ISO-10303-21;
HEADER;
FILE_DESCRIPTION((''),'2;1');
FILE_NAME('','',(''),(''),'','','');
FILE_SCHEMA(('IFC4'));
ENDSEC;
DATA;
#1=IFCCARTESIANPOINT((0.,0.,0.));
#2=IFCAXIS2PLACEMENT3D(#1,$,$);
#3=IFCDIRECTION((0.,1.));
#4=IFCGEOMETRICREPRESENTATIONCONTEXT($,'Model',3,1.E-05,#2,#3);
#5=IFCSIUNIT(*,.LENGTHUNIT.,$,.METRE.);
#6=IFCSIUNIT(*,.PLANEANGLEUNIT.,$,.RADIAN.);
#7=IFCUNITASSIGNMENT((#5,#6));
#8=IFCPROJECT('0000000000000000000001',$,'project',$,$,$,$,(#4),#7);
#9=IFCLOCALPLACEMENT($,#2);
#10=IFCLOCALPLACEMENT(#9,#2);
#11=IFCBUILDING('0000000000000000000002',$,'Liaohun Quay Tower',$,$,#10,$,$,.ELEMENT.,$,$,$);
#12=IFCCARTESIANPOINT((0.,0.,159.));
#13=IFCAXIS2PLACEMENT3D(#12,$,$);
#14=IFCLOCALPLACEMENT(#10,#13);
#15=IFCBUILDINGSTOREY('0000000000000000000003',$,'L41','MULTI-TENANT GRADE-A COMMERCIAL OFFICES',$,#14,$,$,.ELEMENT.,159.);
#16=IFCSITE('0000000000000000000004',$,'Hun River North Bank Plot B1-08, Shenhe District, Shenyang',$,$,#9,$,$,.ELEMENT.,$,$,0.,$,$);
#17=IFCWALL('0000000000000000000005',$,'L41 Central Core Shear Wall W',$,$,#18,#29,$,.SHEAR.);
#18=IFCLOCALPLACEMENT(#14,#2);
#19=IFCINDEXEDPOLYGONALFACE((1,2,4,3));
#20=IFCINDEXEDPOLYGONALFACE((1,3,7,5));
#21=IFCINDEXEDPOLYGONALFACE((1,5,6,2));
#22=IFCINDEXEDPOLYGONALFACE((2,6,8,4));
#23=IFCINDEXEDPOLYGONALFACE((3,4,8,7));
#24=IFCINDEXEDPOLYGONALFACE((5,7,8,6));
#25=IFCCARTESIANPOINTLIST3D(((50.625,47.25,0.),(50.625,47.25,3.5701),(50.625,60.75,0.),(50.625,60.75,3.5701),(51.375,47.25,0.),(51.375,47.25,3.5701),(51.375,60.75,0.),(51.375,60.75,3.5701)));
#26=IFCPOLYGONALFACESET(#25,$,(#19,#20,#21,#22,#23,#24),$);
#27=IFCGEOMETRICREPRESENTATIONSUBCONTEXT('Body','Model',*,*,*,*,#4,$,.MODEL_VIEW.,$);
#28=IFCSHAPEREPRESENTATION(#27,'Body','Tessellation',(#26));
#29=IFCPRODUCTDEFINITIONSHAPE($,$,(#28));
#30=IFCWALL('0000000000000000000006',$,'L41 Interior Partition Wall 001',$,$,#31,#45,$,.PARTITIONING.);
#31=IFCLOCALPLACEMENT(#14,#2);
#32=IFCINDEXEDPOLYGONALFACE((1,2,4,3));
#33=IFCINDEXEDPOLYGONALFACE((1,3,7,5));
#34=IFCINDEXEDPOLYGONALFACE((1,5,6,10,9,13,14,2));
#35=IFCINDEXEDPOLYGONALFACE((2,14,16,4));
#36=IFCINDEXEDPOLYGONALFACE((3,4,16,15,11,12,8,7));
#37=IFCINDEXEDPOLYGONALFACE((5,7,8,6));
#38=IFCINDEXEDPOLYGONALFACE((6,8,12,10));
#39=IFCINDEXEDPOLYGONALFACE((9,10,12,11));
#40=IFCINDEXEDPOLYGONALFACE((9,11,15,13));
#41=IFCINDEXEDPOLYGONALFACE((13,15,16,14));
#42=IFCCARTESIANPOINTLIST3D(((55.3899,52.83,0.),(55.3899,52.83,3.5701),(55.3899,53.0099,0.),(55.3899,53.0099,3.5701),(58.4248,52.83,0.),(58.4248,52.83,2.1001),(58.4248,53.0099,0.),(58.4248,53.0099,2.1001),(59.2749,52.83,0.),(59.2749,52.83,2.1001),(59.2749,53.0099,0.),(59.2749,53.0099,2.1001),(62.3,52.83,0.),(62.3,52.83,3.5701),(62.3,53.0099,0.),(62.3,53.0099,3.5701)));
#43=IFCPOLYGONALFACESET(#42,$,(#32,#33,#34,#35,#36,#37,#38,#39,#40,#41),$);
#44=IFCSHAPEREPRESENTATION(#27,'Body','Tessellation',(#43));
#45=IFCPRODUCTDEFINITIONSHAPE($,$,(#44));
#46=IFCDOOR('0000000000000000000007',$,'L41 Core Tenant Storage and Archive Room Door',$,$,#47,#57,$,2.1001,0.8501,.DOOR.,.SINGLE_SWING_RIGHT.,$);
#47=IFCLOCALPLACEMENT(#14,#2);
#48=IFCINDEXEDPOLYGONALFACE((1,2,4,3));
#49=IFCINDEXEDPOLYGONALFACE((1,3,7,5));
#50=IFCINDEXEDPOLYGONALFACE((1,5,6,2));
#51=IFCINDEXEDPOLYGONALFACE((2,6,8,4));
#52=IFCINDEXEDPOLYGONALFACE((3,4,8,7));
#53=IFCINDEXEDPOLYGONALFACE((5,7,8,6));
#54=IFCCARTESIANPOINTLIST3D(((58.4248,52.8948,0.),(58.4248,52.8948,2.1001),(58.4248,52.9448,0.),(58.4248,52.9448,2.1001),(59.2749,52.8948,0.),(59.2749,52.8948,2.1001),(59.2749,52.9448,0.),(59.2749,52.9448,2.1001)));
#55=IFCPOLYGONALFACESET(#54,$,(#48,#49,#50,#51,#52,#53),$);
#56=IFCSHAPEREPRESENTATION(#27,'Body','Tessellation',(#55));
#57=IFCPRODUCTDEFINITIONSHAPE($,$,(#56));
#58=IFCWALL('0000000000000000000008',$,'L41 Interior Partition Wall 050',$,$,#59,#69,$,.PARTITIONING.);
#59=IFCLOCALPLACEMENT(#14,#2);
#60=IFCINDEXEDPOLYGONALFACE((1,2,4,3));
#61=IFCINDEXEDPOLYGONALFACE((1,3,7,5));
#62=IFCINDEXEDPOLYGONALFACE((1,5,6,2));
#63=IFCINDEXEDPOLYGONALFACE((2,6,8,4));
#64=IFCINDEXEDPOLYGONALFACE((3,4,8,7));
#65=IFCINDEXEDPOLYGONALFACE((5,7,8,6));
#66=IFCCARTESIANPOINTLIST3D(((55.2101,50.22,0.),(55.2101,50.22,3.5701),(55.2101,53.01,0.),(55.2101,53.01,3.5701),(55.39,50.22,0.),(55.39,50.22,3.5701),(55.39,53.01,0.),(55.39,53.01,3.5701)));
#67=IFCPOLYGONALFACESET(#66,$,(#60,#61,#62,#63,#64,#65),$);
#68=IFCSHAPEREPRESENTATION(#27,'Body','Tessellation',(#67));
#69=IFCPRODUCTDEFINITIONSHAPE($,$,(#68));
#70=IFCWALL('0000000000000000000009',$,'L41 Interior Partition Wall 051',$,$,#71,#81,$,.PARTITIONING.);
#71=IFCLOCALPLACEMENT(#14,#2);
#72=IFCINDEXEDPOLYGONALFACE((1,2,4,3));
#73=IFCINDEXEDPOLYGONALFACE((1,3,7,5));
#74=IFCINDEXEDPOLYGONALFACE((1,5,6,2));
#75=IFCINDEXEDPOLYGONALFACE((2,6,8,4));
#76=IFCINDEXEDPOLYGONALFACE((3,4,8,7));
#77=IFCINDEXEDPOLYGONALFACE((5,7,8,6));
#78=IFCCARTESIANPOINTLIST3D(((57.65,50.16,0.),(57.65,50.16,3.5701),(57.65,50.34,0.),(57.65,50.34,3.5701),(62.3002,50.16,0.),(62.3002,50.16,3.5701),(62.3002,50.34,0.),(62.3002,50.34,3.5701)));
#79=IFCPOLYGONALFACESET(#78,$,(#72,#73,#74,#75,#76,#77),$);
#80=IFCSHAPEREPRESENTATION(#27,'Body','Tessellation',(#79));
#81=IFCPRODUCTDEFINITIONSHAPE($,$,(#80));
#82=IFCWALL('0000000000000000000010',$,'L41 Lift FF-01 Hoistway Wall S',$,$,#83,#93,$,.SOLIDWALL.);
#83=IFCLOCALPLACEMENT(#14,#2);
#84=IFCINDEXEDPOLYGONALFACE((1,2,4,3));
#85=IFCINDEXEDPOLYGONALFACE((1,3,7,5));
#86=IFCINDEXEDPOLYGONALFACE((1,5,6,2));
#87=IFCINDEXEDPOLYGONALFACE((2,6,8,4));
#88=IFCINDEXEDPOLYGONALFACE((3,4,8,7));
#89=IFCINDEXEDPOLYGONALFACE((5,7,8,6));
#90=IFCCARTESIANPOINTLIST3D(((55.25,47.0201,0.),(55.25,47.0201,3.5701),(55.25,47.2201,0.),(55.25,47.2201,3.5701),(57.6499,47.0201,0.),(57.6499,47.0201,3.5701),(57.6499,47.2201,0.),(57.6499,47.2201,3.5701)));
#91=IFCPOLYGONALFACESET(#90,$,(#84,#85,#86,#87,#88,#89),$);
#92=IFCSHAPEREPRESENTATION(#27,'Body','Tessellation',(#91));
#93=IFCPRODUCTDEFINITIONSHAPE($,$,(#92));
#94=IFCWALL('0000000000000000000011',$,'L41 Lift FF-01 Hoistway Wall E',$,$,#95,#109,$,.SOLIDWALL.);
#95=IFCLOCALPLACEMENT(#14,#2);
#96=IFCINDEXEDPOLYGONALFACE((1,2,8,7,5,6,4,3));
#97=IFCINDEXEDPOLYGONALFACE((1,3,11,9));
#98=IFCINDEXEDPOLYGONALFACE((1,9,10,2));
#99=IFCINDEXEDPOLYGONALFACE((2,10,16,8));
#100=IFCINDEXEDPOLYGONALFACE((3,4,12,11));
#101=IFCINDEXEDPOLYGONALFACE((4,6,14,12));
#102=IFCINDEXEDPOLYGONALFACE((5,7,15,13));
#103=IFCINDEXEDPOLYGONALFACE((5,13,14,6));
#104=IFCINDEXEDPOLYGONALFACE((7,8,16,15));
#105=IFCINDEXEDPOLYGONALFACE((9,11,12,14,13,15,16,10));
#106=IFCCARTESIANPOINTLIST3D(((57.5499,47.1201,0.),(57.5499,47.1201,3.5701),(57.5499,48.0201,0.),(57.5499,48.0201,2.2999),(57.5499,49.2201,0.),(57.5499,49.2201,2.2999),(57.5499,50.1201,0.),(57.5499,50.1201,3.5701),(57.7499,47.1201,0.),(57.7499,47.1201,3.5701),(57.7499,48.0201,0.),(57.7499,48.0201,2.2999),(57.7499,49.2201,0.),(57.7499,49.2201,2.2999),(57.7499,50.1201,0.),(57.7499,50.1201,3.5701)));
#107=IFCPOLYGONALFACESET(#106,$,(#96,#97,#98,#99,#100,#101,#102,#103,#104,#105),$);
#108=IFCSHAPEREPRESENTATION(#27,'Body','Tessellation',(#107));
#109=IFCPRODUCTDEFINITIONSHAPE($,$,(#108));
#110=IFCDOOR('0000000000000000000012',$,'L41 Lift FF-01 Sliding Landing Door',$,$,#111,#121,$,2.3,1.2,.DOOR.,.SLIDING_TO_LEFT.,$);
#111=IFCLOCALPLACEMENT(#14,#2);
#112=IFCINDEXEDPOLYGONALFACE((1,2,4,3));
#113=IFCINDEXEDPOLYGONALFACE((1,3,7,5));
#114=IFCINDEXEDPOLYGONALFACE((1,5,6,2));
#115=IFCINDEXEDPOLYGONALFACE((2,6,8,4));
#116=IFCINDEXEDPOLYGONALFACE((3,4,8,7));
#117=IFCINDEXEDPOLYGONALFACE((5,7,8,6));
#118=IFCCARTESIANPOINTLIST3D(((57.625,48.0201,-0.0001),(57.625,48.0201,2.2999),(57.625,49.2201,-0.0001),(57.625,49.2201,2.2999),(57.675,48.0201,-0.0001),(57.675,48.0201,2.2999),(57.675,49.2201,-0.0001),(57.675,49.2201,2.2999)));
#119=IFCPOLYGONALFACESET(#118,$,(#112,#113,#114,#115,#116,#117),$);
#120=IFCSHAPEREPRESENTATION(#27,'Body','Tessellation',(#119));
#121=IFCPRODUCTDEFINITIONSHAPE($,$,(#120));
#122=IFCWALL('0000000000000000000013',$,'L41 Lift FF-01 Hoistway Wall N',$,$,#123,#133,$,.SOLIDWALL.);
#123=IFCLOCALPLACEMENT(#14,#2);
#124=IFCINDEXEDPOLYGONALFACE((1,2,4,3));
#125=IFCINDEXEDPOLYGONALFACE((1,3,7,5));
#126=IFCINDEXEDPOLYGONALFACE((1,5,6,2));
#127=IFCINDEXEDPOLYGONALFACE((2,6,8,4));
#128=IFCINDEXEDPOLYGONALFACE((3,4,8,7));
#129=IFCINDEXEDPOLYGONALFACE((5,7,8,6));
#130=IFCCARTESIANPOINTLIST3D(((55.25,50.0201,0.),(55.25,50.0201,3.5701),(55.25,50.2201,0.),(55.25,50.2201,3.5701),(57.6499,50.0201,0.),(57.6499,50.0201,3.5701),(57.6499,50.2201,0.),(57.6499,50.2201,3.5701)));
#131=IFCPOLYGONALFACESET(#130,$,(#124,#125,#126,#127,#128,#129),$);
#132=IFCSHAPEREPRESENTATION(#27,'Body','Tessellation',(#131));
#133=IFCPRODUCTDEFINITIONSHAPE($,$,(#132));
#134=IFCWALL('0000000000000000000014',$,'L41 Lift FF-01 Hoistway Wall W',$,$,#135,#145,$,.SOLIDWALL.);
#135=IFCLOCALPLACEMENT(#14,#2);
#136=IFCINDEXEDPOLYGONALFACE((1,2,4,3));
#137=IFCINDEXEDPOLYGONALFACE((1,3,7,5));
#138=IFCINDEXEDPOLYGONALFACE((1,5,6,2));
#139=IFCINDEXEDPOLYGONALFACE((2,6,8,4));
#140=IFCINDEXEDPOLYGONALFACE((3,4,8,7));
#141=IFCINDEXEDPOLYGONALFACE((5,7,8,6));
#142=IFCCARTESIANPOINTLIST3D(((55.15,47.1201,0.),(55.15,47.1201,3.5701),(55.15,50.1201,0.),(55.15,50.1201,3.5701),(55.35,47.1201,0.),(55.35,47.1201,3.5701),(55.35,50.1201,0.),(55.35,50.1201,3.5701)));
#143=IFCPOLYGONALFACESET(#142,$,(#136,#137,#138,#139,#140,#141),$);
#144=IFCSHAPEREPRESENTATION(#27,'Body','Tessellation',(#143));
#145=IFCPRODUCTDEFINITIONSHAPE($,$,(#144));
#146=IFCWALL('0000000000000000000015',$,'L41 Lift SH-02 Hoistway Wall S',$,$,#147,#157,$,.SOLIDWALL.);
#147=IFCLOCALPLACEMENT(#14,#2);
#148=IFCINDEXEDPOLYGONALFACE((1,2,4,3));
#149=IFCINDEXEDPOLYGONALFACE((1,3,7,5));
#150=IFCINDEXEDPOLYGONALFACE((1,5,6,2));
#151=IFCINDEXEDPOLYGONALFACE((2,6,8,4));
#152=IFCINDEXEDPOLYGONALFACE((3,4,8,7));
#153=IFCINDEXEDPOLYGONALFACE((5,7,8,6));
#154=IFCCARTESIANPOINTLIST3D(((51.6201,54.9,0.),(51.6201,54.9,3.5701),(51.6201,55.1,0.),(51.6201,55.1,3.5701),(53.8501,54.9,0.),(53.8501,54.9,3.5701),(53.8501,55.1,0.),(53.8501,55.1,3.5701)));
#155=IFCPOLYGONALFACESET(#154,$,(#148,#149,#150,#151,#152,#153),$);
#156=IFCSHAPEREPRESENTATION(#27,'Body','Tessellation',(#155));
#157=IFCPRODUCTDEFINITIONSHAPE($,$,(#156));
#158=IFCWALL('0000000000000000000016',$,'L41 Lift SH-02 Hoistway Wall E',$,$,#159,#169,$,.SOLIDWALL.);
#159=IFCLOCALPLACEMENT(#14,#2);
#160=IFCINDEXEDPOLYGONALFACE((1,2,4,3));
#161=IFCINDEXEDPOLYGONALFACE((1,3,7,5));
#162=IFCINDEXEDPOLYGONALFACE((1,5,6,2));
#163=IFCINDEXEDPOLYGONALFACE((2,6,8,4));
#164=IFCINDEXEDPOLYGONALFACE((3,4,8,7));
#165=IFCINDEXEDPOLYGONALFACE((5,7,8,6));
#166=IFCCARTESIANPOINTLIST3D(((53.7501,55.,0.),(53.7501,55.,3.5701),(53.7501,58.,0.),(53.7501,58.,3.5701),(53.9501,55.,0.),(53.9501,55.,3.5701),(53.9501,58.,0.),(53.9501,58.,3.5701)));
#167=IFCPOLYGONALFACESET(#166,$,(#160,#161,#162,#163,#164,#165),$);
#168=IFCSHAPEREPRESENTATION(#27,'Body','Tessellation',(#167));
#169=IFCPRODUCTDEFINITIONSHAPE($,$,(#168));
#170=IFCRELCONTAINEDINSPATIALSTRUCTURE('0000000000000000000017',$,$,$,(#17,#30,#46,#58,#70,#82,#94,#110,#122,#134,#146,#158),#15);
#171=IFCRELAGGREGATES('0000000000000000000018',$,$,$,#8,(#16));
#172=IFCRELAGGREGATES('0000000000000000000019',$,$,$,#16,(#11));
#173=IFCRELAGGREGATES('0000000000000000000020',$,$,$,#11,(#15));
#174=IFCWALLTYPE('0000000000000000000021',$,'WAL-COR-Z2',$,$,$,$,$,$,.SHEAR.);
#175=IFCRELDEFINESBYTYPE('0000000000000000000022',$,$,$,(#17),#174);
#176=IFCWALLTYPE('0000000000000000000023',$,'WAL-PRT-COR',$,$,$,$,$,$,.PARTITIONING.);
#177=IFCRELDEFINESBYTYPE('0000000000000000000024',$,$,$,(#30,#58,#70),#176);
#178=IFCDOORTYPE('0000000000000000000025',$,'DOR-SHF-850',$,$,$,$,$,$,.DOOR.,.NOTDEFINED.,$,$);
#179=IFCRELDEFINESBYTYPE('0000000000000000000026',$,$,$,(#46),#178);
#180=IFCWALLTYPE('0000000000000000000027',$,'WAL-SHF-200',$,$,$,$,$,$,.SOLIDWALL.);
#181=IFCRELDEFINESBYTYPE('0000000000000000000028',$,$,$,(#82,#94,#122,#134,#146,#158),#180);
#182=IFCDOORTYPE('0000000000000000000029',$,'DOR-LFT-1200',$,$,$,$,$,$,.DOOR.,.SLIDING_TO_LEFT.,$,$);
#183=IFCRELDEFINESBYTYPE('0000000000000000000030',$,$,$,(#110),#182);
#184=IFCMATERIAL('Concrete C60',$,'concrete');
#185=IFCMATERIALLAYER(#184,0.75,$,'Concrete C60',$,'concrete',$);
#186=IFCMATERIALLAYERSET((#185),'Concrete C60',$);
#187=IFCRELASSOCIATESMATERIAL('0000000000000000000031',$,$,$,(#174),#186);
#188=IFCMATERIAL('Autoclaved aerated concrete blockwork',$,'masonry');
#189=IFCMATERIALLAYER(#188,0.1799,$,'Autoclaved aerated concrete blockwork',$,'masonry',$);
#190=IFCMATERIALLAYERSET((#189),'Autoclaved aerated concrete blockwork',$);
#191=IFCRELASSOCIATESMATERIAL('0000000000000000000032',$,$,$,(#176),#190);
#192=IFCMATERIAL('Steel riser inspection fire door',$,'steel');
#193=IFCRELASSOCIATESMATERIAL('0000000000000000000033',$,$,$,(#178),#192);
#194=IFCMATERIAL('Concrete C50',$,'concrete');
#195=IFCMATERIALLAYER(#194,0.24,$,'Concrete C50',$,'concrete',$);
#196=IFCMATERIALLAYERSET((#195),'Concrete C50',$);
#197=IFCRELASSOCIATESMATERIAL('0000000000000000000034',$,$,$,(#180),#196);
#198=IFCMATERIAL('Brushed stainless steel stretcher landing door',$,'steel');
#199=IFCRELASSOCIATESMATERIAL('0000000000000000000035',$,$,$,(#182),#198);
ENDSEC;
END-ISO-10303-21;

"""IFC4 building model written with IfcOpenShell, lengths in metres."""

from ifc_helpers import new_model, si_unit, direction, frame, frame_2d, origin, place, context, subcontext, project, spatial, rectangle, extrude, source, transform, mapped, material, layer, layer_set, type_object, element, fill, save


model = new_model("IFC4")

# Units and contexts
model_context = context("Model", 3, precision=1e-05, world=origin(), true_north=direction((0.0, 1.0)))
body_context = subcontext(model_context, "Body", "Model", "MODEL_VIEW")
ifc_project = project(units=[si_unit("LENGTHUNIT", "METRE"), si_unit("PLANEANGLEUNIT", "RADIAN")], contexts=[model_context])

# Site, building, storey
site_placement = place(None, origin())
site = spatial("IfcSite", under=ifc_project, at=site_placement, Name="Hun River North Bank Plot B1-08, Shenhe District, Shenyang", CompositionType="ELEMENT", RefElevation=0.0)
building_placement = place(site_placement, origin())
building = spatial("IfcBuilding", under=site, at=building_placement, Name="Liaohun Quay Tower", CompositionType="ELEMENT")
storey_placement = place(building_placement, frame((0.0, 0.0, 159.0)))
storey = spatial("IfcBuildingStorey", under=building, at=storey_placement, Name="L41", Description="MULTI-TENANT GRADE-A COMMERCIAL OFFICES", CompositionType="ELEMENT", Elevation=159.0)

# Wall
ifc_material_1 = material(Name="Concrete C60", Category="concrete")
ifc_layer_1 = layer(ifc_material_1, 0.75, Name="Concrete C60", Category="concrete")
ifc_layer_set_1 = layer_set([ifc_layer_1], Name="Concrete C60")
wall_type_1 = type_object("IfcWallType", Name="WAL-COR-Z2", PredefinedType="SHEAR", material=ifc_layer_set_1)
wall_1_placement = place(storey_placement, frame((51.0, 47.25, 0.0), z_axis=(0.0, 0.0, 1.0), x_axis=(0.0, 1.0, 0.0)))
element("IfcWall", 1, at=wall_1_placement, inside=storey, type_object=wall_type_1, Name="L41 Central Core Shear Wall W", PredefinedType="SHEAR", context=body_context, shape_type="SweptSolid", body=[
    extrude(rectangle(XDim=13.5, YDim=0.75, at=frame_2d((6.75, 0.0))), origin(), (0.0, 0.0, 1.0), 3.5701),
])

# Wall, opening, door
ifc_material_2 = material(Name="Autoclaved aerated concrete blockwork", Category="masonry")
ifc_layer_2 = layer(ifc_material_2, 0.1799, Name="Autoclaved aerated concrete blockwork", Category="masonry")
ifc_layer_set_2 = layer_set([ifc_layer_2], Name="Autoclaved aerated concrete blockwork")
wall_type_2 = type_object("IfcWallType", Name="WAL-PRT-COR", PredefinedType="PARTITIONING", material=ifc_layer_set_2)
wall_2_placement = place(storey_placement, frame((55.3899, 52.9199, 0.0), z_axis=(0.0, 0.0, 1.0), x_axis=(1.0, 0.0, 0.0)))
wall_2 = element("IfcWall", 2, at=wall_2_placement, inside=storey, type_object=wall_type_2, Name="L41 Interior Partition Wall 001", PredefinedType="PARTITIONING", context=body_context, shape_type="SweptSolid", body=[
    extrude(rectangle(XDim=6.9102, YDim=0.1799, at=frame_2d((3.4551, 0.0))), origin(), (0.0, 0.0, 1.0), 3.5701),
])
shared_shape_1 = source(origin(), body_context, "Body", "SweptSolid", [
    extrude(rectangle(XDim=0.8501, YDim=2.1001, at=frame_2d((0.425, 1.05))), frame((0.0, 0.0999, 0.0), z_axis=(0.0, -1.0, 0.0), x_axis=(1.0, 0.0, 0.0)), (0.0, 0.0, 1.0), 0.2),
])
opening_1_placement = place(wall_2_placement, frame((3.0349, 0.0, 0.0)))
opening_1 = element("IfcOpeningElement", 3, at=opening_1_placement, cuts=wall_2, PredefinedType="OPENING", context=body_context, shape_type="MappedRepresentation", body=[
    mapped(shared_shape_1, transform((0.0, 0.0, 0.0), x_axis=(1.0, 0.0, 0.0), y_axis=(0.0, 1.0, 0.0), z_axis=(0.0, 0.0, 1.0), scale=1.0)),
])
ifc_material_3 = material(Name="Steel riser inspection fire door", Category="steel")
door_type_1 = type_object("IfcDoorType", Name="DOR-SHF-850", OperationType="NOTDEFINED", PredefinedType="DOOR", material=ifc_material_3)
shared_shape_2 = source(origin(), body_context, "Body", "SweptSolid", [
    extrude(rectangle(XDim=0.8501, YDim=2.1001, at=frame_2d((0.425, 1.05))), frame((0.0, 0.0249, 0.0), z_axis=(0.0, -1.0, 0.0), x_axis=(1.0, 0.0, 0.0)), (0.0, 0.0, 1.0), 0.05),
])
door_1_placement = place(opening_1_placement, origin())
door_1 = element("IfcDoor", 4, at=door_1_placement, inside=storey, type_object=door_type_1, Name="L41 Core Tenant Storage and Archive Room Door", OperationType="SINGLE_SWING_RIGHT", OverallHeight=2.1001, OverallWidth=0.8501, PredefinedType="DOOR", context=body_context, shape_type="MappedRepresentation", body=[
    mapped(shared_shape_2, transform((0.0, 0.0, 0.0), x_axis=(1.0, 0.0, 0.0), y_axis=(0.0, 1.0, 0.0), z_axis=(0.0, 0.0, 1.0), scale=1.0)),
])
fill(opening_1, door_1)

# Walls
wall_3_placement = place(storey_placement, frame((55.3, 50.22, 0.0), z_axis=(0.0, 0.0, 1.0), x_axis=(0.0, 1.0, 0.0)))
element("IfcWall", 5, at=wall_3_placement, inside=storey, type_object=wall_type_2, Name="L41 Interior Partition Wall 050", PredefinedType="PARTITIONING", context=body_context, shape_type="SweptSolid", body=[
    extrude(rectangle(XDim=2.79, YDim=0.1799, at=frame_2d((1.395, 0.0))), origin(), (0.0, 0.0, 1.0), 3.5701),
])
wall_4_placement = place(storey_placement, frame((57.6499, 50.25, 0.0), z_axis=(0.0, 0.0, 1.0), x_axis=(1.0, 0.0, 0.0)))
element("IfcWall", 6, at=wall_4_placement, inside=storey, type_object=wall_type_2, Name="L41 Interior Partition Wall 051", PredefinedType="PARTITIONING", context=body_context, shape_type="SweptSolid", body=[
    extrude(rectangle(XDim=4.6501, YDim=0.1799, at=frame_2d((2.3252, 0.0))), origin(), (0.0, 0.0, 1.0), 3.5701),
])
ifc_material_4 = material(Name="Concrete C50", Category="concrete")
ifc_layer_3 = layer(ifc_material_4, 0.24, Name="Concrete C50", Category="concrete")
ifc_layer_set_3 = layer_set([ifc_layer_3], Name="Concrete C50")
wall_type_3 = type_object("IfcWallType", Name="WAL-SHF-200", PredefinedType="SOLIDWALL", material=ifc_layer_set_3)
wall_5_placement = place(storey_placement, frame((55.25, 47.1201, 0.0), z_axis=(0.0, 0.0, 1.0), x_axis=(1.0, 0.0, 0.0)))
element("IfcWall", 7, at=wall_5_placement, inside=storey, type_object=wall_type_3, Name="L41 Lift FF-01 Hoistway Wall S", PredefinedType="SOLIDWALL", context=body_context, shape_type="SweptSolid", body=[
    extrude(rectangle(XDim=2.3999, YDim=0.2, at=frame_2d((1.2, 0.0))), origin(), (0.0, 0.0, 1.0), 3.5701),
])

# Wall, opening, door
wall_6_placement = place(storey_placement, frame((57.6499, 47.1201, 0.0), z_axis=(0.0, 0.0, 1.0), x_axis=(0.0, 1.0, 0.0)))
wall_6 = element("IfcWall", 8, at=wall_6_placement, inside=storey, type_object=wall_type_3, Name="L41 Lift FF-01 Hoistway Wall E", PredefinedType="SOLIDWALL", context=body_context, shape_type="SweptSolid", body=[
    extrude(rectangle(XDim=3.0, YDim=0.2, at=frame_2d((1.5, 0.0))), origin(), (0.0, 0.0, 1.0), 3.5701),
])
shared_shape_3 = source(origin(), body_context, "Body", "SweptSolid", [
    extrude(rectangle(XDim=1.2, YDim=2.3, at=frame_2d((0.6001, 1.1499))), frame((0.0, 0.1099, 0.0), z_axis=(0.0, -1.0, 0.0), x_axis=(1.0, 0.0, 0.0)), (0.0, 0.0, 1.0), 0.22),
])
opening_2_placement = place(wall_6_placement, frame((0.8999, 0.0, 0.0)))
opening_2 = element("IfcOpeningElement", 9, at=opening_2_placement, cuts=wall_6, PredefinedType="OPENING", context=body_context, shape_type="MappedRepresentation", body=[
    mapped(shared_shape_3, transform((0.0, 0.0, 0.0), x_axis=(1.0, 0.0, 0.0), y_axis=(0.0, 1.0, 0.0), z_axis=(0.0, 0.0, 1.0), scale=1.0)),
])
ifc_material_5 = material(Name="Brushed stainless steel stretcher landing door", Category="steel")
door_type_2 = type_object("IfcDoorType", Name="DOR-LFT-1200", OperationType="SLIDING_TO_LEFT", PredefinedType="DOOR", material=ifc_material_5)
shared_shape_4 = source(origin(), body_context, "Body", "SweptSolid", [
    extrude(rectangle(XDim=1.2, YDim=2.3, at=frame_2d((0.6001, 1.1499))), frame((0.0, 0.0249, 0.0), z_axis=(0.0, -1.0, 0.0), x_axis=(1.0, 0.0, 0.0)), (0.0, 0.0, 1.0), 0.05),
])
door_2_placement = place(opening_2_placement, origin())
door_2 = element("IfcDoor", 10, at=door_2_placement, inside=storey, type_object=door_type_2, Name="L41 Lift FF-01 Sliding Landing Door", OperationType="SLIDING_TO_LEFT", OverallHeight=2.3, OverallWidth=1.2, PredefinedType="DOOR", context=body_context, shape_type="MappedRepresentation", body=[
    mapped(shared_shape_4, transform((0.0, 0.0, 0.0), x_axis=(1.0, 0.0, 0.0), y_axis=(0.0, 1.0, 0.0), z_axis=(0.0, 0.0, 1.0), scale=1.0)),
])
fill(opening_2, door_2)

# Walls
wall_7_placement = place(storey_placement, frame((57.6499, 50.1201, 0.0), z_axis=(0.0, 0.0, 1.0), x_axis=(-1.0, 0.0, 0.0)))
element("IfcWall", 11, at=wall_7_placement, inside=storey, type_object=wall_type_3, Name="L41 Lift FF-01 Hoistway Wall N", PredefinedType="SOLIDWALL", context=body_context, shape_type="SweptSolid", body=[
    extrude(rectangle(XDim=2.3999, YDim=0.2, at=frame_2d((1.2, 0.0))), origin(), (0.0, 0.0, 1.0), 3.5701),
])
wall_8_placement = place(storey_placement, frame((55.25, 50.1201, 0.0), z_axis=(0.0, 0.0, 1.0), x_axis=(0.0, -1.0, 0.0)))
element("IfcWall", 12, at=wall_8_placement, inside=storey, type_object=wall_type_3, Name="L41 Lift FF-01 Hoistway Wall W", PredefinedType="SOLIDWALL", context=body_context, shape_type="SweptSolid", body=[
    extrude(rectangle(XDim=3.0, YDim=0.2, at=frame_2d((1.5, 0.0))), origin(), (0.0, 0.0, 1.0), 3.5701),
])
wall_9_placement = place(storey_placement, frame((51.6201, 55.0, 0.0), z_axis=(0.0, 0.0, 1.0), x_axis=(1.0, 0.0, 0.0)))
element("IfcWall", 13, at=wall_9_placement, inside=storey, type_object=wall_type_3, Name="L41 Lift SH-02 Hoistway Wall S", PredefinedType="SOLIDWALL", context=body_context, shape_type="SweptSolid", body=[
    extrude(rectangle(XDim=2.23, YDim=0.2, at=frame_2d((1.115, 0.0))), origin(), (0.0, 0.0, 1.0), 3.5701),
])
wall_10_placement = place(storey_placement, frame((53.8501, 55.0, 0.0), z_axis=(0.0, 0.0, 1.0), x_axis=(0.0, 1.0, 0.0)))
element("IfcWall", 14, at=wall_10_placement, inside=storey, type_object=wall_type_3, Name="L41 Lift SH-02 Hoistway Wall E", PredefinedType="SOLIDWALL", context=body_context, shape_type="SweptSolid", body=[
    extrude(rectangle(XDim=3.0, YDim=0.2, at=frame_2d((1.5, 0.0))), origin(), (0.0, 0.0, 1.0), 3.5701),
])

save(model, "model.ifc")
